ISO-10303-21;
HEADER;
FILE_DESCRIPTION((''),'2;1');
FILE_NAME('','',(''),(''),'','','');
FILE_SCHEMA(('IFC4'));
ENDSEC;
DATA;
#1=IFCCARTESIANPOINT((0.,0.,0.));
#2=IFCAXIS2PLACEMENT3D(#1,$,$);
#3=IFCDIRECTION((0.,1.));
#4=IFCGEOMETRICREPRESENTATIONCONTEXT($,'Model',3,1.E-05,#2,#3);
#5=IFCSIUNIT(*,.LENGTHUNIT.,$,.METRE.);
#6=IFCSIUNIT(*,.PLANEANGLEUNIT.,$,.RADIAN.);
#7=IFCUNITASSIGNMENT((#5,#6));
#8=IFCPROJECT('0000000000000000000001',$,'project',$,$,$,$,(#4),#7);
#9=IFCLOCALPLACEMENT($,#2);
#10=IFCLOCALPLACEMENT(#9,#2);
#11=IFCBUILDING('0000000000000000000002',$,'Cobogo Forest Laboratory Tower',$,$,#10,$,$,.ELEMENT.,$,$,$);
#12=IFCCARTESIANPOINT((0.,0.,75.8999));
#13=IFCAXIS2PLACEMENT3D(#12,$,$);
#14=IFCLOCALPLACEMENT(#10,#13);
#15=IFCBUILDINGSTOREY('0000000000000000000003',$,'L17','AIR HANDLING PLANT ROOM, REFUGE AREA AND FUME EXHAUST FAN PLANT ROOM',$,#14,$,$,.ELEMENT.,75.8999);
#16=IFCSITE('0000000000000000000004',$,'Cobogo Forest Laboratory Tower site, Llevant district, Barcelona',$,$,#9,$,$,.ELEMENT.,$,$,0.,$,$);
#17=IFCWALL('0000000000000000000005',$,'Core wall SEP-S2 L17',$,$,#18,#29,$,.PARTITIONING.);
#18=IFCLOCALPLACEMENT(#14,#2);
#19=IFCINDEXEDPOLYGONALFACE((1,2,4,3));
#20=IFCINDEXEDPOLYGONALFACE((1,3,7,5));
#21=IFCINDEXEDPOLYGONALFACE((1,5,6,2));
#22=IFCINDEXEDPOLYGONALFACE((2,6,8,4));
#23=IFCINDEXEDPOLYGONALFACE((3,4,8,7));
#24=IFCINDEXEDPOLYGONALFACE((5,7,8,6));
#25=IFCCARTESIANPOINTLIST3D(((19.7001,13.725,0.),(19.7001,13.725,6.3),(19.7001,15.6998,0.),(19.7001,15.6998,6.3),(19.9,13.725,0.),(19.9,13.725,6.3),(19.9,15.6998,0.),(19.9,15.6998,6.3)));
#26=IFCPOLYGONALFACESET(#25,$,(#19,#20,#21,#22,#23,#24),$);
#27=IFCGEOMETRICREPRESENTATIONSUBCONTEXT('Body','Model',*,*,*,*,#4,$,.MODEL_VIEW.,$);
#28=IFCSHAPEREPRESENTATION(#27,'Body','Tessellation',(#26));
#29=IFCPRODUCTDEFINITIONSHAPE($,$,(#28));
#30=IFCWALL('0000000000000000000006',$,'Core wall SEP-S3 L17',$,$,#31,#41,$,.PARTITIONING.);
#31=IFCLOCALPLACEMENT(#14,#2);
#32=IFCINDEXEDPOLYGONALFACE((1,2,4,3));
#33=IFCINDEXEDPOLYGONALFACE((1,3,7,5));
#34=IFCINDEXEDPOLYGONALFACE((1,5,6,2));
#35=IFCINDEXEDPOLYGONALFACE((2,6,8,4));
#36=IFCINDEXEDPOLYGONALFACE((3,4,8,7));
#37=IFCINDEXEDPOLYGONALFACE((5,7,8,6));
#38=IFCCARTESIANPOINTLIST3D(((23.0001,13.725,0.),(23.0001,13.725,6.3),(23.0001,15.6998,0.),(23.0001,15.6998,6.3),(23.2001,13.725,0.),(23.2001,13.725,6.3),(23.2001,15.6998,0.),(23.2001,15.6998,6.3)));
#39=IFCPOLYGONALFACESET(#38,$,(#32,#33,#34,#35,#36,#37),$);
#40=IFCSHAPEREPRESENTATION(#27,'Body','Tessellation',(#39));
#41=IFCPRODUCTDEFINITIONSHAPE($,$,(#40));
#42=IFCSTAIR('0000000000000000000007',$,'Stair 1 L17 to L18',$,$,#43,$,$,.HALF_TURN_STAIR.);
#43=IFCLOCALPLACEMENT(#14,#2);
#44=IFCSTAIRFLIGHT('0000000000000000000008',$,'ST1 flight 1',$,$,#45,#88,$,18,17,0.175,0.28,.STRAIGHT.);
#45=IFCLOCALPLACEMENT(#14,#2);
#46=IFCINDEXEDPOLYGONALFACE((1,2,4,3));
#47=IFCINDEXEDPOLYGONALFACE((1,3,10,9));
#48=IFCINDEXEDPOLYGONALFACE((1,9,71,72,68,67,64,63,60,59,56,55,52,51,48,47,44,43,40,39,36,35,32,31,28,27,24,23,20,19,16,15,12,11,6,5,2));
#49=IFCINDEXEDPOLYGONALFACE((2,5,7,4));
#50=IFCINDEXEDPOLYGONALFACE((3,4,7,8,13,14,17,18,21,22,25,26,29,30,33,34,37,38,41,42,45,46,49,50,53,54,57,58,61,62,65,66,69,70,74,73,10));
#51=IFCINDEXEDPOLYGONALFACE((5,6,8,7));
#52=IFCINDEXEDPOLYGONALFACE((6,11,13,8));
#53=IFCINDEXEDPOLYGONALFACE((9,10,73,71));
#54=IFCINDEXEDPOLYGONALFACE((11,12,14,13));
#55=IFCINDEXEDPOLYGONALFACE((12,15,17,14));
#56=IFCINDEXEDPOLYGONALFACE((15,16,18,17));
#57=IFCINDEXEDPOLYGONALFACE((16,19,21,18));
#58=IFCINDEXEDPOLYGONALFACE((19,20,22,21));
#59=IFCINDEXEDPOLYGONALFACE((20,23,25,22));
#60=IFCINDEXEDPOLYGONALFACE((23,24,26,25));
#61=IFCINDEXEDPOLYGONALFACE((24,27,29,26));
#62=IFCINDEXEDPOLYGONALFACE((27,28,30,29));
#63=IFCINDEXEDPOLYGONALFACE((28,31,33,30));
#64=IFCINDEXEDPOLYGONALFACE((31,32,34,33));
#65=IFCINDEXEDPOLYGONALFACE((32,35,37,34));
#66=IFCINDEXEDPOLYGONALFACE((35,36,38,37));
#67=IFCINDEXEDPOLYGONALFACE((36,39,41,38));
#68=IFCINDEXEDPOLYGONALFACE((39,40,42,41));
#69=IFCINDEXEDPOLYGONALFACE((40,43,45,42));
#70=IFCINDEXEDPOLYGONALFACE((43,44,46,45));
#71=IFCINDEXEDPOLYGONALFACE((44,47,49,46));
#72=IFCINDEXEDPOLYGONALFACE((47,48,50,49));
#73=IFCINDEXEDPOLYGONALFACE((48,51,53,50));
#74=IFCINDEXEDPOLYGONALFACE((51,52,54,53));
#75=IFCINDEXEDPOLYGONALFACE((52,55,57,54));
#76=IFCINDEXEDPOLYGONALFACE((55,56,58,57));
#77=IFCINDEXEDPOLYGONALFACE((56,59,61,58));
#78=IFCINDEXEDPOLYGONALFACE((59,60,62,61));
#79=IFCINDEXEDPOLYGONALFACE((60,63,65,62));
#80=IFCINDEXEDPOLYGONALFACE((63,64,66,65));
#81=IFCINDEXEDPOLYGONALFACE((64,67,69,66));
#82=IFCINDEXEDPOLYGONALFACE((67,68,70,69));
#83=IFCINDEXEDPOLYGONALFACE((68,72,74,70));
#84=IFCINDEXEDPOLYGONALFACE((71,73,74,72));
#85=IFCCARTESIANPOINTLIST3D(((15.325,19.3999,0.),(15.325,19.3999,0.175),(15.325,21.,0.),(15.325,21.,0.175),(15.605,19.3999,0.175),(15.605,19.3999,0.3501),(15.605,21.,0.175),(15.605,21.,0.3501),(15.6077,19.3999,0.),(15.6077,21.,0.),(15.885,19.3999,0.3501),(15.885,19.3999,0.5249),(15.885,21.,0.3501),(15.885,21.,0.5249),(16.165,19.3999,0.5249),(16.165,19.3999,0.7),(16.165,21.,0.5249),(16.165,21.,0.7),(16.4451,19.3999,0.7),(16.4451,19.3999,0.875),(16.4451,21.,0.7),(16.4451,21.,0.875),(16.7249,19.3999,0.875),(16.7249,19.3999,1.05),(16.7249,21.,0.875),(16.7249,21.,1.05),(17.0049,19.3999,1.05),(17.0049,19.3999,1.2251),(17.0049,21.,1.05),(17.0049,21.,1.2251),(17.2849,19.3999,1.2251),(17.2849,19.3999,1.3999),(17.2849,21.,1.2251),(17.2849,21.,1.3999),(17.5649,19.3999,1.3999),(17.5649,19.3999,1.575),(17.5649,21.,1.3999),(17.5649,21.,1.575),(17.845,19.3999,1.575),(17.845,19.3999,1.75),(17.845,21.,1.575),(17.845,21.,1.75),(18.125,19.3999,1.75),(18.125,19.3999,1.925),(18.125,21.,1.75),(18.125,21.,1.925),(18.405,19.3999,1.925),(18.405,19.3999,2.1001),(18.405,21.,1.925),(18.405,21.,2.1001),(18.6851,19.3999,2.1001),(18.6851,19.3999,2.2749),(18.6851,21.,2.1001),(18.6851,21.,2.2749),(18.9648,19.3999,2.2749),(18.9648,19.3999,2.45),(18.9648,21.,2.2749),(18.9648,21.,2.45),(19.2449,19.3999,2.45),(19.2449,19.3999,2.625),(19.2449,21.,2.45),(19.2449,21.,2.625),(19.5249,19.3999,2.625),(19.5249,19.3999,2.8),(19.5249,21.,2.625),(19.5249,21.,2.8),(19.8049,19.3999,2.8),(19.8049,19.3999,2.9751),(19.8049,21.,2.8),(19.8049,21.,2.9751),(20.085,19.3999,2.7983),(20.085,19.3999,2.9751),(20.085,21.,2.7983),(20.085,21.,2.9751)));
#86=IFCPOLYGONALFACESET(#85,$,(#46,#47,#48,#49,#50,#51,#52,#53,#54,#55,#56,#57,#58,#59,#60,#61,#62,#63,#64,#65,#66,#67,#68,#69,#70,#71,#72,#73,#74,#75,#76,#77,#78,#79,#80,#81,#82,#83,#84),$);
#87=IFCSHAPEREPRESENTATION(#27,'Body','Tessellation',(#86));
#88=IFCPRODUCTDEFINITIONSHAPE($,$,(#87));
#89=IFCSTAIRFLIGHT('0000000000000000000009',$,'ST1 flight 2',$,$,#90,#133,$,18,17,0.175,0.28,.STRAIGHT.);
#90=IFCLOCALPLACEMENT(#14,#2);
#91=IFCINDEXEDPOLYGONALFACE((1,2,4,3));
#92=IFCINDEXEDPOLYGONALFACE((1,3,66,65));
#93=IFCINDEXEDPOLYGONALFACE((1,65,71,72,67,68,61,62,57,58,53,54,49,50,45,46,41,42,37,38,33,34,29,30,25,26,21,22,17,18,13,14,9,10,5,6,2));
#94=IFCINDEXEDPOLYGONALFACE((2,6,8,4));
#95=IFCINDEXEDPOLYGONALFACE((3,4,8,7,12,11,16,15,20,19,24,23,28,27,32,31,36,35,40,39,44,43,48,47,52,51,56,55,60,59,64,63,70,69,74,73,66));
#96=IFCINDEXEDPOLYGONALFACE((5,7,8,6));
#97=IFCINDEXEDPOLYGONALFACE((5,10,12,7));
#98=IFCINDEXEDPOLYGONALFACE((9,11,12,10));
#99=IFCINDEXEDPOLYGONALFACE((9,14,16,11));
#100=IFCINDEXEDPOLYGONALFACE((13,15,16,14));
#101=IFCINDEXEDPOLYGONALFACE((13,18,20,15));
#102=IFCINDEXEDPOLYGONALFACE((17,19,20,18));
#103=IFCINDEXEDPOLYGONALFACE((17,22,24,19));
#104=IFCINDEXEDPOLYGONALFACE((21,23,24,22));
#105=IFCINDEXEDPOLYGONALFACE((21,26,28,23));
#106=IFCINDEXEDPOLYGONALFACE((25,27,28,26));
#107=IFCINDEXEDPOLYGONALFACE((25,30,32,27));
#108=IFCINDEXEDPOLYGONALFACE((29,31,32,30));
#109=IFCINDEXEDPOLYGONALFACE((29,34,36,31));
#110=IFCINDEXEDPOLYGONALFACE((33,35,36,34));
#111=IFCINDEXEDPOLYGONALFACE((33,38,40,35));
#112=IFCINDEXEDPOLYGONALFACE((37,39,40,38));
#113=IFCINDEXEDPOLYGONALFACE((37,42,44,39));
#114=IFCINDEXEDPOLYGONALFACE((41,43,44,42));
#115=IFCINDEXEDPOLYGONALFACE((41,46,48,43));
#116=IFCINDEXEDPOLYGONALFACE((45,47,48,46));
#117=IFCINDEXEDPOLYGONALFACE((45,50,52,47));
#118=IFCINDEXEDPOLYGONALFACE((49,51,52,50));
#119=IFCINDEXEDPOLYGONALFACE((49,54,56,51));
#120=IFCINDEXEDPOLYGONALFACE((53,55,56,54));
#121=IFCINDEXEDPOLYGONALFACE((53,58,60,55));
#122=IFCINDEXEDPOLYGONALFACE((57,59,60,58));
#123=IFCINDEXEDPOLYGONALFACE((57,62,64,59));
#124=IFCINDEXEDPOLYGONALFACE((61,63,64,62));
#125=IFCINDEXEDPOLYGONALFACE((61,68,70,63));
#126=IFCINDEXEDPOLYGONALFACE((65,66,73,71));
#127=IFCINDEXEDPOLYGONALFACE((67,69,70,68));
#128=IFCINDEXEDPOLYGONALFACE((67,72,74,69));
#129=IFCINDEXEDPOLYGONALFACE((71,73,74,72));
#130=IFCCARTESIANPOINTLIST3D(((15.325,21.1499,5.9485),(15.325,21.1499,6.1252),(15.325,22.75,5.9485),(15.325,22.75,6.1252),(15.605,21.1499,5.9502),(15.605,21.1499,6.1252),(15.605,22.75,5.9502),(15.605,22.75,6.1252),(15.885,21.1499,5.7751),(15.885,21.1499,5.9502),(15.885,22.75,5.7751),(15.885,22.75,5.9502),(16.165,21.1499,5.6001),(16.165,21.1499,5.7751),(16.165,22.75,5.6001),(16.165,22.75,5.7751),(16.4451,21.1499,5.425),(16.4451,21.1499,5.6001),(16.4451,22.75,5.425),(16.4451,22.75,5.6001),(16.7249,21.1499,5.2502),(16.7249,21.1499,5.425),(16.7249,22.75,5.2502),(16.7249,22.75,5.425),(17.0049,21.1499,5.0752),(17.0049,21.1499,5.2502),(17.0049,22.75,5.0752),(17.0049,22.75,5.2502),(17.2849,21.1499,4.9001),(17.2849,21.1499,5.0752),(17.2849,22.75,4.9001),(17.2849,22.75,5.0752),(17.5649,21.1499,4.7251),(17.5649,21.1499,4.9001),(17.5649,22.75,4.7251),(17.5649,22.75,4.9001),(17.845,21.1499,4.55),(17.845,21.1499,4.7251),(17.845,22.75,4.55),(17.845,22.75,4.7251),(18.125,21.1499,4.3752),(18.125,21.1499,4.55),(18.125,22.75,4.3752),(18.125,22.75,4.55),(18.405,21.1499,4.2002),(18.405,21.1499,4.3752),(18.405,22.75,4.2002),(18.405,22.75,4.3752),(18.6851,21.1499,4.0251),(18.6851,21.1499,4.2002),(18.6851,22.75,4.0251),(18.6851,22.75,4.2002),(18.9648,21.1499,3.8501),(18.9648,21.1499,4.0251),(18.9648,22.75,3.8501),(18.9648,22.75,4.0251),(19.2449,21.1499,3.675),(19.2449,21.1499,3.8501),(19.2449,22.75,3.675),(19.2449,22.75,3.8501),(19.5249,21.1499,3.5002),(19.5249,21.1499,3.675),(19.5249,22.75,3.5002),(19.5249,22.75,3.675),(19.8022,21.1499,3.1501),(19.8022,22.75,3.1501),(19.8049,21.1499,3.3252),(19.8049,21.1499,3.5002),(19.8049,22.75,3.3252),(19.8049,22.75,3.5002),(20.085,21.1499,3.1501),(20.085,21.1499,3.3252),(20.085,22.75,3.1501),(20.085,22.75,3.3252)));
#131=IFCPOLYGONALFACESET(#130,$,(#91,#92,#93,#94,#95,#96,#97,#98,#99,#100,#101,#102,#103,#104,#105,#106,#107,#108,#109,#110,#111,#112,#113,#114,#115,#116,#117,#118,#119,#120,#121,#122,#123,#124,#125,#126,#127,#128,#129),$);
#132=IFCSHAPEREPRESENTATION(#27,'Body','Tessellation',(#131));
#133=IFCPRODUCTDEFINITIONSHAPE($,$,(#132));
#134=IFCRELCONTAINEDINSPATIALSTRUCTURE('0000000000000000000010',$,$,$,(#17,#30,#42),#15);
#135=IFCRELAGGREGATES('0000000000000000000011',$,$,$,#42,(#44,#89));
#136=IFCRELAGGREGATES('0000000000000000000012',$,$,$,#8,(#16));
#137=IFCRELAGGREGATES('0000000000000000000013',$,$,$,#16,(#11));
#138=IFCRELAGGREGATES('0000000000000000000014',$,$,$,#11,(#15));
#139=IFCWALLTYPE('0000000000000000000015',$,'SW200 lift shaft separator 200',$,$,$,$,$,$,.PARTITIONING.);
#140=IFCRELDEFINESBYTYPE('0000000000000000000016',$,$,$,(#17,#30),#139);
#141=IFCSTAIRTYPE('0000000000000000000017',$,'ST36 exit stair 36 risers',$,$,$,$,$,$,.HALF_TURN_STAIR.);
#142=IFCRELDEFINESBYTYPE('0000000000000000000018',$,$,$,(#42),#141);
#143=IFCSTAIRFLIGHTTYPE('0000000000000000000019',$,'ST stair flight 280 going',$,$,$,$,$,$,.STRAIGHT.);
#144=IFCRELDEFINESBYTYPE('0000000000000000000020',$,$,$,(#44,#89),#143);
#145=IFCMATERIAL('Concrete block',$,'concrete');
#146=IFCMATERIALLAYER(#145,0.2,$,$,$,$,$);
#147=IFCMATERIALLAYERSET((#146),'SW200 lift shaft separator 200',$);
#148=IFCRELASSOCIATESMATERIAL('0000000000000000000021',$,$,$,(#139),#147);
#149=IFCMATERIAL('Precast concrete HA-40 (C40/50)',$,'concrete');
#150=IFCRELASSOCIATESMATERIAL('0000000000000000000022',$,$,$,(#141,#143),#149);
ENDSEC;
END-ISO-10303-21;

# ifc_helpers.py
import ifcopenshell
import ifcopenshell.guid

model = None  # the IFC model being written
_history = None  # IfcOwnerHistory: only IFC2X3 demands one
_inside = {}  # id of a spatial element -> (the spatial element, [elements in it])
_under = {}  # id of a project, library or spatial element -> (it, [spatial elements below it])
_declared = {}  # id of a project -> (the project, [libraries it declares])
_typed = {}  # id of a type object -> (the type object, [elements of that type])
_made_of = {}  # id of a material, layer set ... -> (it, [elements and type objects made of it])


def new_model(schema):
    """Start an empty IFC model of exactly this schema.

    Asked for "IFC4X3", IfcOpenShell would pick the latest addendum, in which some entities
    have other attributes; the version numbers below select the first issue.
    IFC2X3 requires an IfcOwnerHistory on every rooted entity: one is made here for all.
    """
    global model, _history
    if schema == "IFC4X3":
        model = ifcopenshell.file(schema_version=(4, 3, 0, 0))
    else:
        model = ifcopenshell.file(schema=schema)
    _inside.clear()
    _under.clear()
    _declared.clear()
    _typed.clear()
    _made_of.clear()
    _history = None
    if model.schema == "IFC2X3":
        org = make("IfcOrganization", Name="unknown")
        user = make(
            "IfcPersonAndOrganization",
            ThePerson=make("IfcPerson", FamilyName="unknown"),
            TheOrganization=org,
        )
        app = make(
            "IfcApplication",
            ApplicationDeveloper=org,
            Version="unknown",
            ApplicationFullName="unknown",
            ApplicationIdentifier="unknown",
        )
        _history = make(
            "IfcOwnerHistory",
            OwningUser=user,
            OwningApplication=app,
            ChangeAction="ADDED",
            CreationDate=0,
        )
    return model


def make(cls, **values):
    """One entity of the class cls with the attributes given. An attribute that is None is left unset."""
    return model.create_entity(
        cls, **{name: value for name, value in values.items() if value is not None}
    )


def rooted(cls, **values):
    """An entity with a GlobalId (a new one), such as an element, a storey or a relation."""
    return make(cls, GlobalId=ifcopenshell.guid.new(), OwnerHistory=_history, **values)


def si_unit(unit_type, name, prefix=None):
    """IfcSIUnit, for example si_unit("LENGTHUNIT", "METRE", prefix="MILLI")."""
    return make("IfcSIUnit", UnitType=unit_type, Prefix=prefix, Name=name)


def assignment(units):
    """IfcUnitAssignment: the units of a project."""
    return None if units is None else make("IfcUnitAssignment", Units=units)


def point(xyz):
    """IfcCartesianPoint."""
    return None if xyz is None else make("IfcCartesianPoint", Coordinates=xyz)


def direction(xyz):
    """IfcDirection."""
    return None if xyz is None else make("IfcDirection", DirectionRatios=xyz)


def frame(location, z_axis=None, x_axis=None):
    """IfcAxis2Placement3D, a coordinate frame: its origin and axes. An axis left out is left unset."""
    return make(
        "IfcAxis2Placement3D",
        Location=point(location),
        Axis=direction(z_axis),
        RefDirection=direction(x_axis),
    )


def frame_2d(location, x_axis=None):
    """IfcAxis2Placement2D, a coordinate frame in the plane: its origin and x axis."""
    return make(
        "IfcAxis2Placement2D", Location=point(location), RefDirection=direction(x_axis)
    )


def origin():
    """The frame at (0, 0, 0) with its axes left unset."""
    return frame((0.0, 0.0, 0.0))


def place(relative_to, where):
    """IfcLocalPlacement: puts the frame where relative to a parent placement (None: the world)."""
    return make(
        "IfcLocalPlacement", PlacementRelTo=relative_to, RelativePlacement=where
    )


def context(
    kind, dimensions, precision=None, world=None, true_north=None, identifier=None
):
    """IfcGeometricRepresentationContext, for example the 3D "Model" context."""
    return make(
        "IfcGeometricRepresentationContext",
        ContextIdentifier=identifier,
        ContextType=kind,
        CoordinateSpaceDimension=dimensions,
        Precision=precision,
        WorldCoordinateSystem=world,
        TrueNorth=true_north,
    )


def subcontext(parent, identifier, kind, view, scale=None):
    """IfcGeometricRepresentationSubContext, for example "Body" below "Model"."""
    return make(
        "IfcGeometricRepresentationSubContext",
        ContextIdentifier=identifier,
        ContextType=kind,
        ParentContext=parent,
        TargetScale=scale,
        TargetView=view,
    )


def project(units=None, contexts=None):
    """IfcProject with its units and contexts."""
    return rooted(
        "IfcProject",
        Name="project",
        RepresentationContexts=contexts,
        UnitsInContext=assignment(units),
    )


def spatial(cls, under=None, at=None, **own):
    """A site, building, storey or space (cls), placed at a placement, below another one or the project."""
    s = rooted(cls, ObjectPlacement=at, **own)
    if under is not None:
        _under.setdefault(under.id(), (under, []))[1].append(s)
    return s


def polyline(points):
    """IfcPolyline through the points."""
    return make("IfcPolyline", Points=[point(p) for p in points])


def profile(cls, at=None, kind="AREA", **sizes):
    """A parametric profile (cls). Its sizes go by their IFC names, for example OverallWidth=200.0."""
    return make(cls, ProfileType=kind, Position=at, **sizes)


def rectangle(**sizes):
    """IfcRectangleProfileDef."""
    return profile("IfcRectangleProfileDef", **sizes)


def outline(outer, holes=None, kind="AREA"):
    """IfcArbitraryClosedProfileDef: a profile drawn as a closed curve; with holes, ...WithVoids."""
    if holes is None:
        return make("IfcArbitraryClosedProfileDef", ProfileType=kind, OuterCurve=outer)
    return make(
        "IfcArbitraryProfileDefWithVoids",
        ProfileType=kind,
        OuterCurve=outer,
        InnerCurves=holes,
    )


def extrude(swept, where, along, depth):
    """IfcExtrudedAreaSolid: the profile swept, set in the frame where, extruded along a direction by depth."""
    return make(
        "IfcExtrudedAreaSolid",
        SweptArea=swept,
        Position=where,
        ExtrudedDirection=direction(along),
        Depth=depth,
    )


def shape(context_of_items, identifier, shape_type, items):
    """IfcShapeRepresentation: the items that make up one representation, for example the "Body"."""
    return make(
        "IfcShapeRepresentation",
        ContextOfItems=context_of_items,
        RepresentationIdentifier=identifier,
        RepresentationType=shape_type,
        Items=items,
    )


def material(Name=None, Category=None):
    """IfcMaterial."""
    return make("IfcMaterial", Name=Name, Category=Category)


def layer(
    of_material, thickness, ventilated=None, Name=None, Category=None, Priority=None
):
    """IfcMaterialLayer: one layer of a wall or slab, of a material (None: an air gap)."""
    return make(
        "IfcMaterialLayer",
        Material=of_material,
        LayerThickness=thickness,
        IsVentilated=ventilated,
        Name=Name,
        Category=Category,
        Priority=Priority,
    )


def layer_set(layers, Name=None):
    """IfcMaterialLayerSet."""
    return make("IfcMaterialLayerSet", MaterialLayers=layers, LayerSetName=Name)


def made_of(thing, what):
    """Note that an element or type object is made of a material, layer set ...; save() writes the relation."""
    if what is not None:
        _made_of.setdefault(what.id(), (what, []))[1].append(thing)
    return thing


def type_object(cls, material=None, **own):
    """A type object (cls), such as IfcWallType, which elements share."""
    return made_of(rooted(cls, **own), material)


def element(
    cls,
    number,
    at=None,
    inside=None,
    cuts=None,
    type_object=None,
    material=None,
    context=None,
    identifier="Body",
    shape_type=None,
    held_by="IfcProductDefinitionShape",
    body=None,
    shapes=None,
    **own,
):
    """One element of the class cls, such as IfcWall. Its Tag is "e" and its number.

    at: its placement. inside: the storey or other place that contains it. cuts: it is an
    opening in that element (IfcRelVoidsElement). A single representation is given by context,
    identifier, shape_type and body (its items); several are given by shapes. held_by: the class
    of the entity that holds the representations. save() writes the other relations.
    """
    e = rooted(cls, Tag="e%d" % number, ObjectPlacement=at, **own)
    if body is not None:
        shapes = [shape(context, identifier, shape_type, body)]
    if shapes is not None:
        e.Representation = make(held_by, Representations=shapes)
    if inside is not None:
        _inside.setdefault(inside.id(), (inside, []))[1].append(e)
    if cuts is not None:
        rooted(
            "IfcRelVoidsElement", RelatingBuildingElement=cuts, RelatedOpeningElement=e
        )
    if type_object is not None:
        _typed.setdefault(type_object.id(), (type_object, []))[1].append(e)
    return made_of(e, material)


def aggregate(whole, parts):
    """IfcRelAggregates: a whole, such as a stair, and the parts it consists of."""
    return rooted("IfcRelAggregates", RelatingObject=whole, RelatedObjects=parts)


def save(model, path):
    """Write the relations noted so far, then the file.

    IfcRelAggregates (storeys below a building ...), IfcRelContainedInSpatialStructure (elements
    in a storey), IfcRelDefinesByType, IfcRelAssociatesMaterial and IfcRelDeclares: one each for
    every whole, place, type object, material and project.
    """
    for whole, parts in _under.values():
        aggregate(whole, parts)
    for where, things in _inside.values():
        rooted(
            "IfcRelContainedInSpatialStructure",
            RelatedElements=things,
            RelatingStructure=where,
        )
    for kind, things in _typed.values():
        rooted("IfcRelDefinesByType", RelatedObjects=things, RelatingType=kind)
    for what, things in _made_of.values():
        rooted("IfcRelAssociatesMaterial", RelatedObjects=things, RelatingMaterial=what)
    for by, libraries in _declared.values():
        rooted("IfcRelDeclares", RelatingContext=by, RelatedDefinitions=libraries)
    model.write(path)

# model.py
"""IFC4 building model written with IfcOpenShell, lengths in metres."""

from ifc_helpers import new_model, si_unit, direction, frame, frame_2d, origin, place, context, subcontext, project, spatial, polyline, rectangle, outline, extrude, material, layer, layer_set, type_object, element, aggregate, save


model = new_model("IFC4")

# Units and contexts
model_context = context("Model", 3, precision=1e-05, world=origin(), true_north=direction((0.0, 1.0)))
body_context = subcontext(model_context, "Body", "Model", "MODEL_VIEW")
ifc_project = project(units=[si_unit("LENGTHUNIT", "METRE"), si_unit("PLANEANGLEUNIT", "RADIAN")], contexts=[model_context])

# Site, building, storey
site_placement = place(None, origin())
site = spatial("IfcSite", under=ifc_project, at=site_placement, Name="Cobogo Forest Laboratory Tower site, Llevant district, Barcelona", CompositionType="ELEMENT", RefElevation=0.0)
building_placement = place(site_placement, origin())
building = spatial("IfcBuilding", under=site, at=building_placement, Name="Cobogo Forest Laboratory Tower", CompositionType="ELEMENT")
storey_placement = place(building_placement, frame((0.0, 0.0, 75.8999)))
storey = spatial("IfcBuildingStorey", under=building, at=storey_placement, Name="L17", Description="AIR HANDLING PLANT ROOM, REFUGE AREA AND FUME EXHAUST FAN PLANT ROOM", CompositionType="ELEMENT", Elevation=75.8999)

# Walls
ifc_material_1 = material(Name="Concrete block", Category="concrete")
ifc_layer_1 = layer(ifc_material_1, 0.2)
ifc_layer_set_1 = layer_set([ifc_layer_1], Name="SW200 lift shaft separator 200")
wall_type_1 = type_object("IfcWallType", Name="SW200 lift shaft separator 200", PredefinedType="PARTITIONING", material=ifc_layer_set_1)
for number, where, z_axis, x_axis, name in (
    (1, (19.8, 13.7251, 0.0), (0.0, 0.0, 1.0), (0.0, 1.0, 0.0), "Core wall SEP-S2 L17"),
    (2, (23.1001, 13.7251, 0.0), (0.0, 0.0, 1.0), (0.0, 1.0, 0.0), "Core wall SEP-S3 L17"),
):
    element("IfcWall", number, at=place(storey_placement, frame(where, z_axis=z_axis, x_axis=x_axis)), inside=storey, type_object=wall_type_1, Name=name, PredefinedType="PARTITIONING", context=body_context, shape_type="SweptSolid", body=[
        extrude(rectangle(XDim=1.9749, YDim=0.2, at=frame_2d((0.9873, 0.0))), origin(), (0.0, 0.0, 1.0), 6.3),
    ])

# Stair, stair flights
ifc_material_2 = material(Name="Precast concrete HA-40 (C40/50)", Category="concrete")
stair_type = type_object("IfcStairType", Name="ST36 exit stair 36 risers", PredefinedType="HALF_TURN_STAIR", material=ifc_material_2)
stair_placement = place(storey_placement, origin())
stair = element("IfcStair", 3, at=stair_placement, inside=storey, type_object=stair_type, Name="Stair 1 L17 to L18", PredefinedType="HALF_TURN_STAIR")
stair_flight_type = type_object("IfcStairFlightType", Name="ST stair flight 280 going", PredefinedType="STRAIGHT", material=ifc_material_2)
stair_flight_1_placement = place(storey_placement, frame((15.325, 20.2, 0.0), z_axis=(0.0, 0.0, 1.0), x_axis=(1.0, 0.0, 0.0)))
stair_flight_1 = element("IfcStairFlight", 4, at=stair_flight_1_placement, type_object=stair_flight_type, Name="ST1 flight 1", NumberOfRisers=18, NumberOfTreads=17, PredefinedType="STRAIGHT", RiserHeight=0.175, TreadLength=0.28, context=body_context, shape_type="SweptSolid", body=[
    extrude(outline(polyline([(0.0, 0.0), (0.0, 0.175), (0.28, 0.175), (0.28, 0.3501), (0.5601, 0.3501), (0.5601, 0.5249), (0.8401, 0.5249), (0.8401, 0.7), (1.1201, 0.7), (1.1201, 0.875), (1.3999, 0.875), (1.3999, 1.05), (1.6799, 1.05), (1.6799, 1.2251), (1.96, 1.2251), (1.96, 1.3999), (2.24, 1.3999), (2.24, 1.575), (2.52, 1.575), (2.52, 1.75), (2.8, 1.75), (2.8, 1.925), (3.0801, 1.925), (3.0801, 2.1001), (3.3601, 2.1001), (3.3601, 2.2749), (3.6399, 2.2749), (3.6399, 2.45), (3.9199, 2.45), (3.9199, 2.625), (4.2, 2.625), (4.2, 2.8), (4.48, 2.8), (4.48, 2.9751), (4.76, 2.9751), (4.76, 3.1499), (4.76, 2.7983), (0.2827, 0.0), (0.0, 0.0)])), frame((0.0, 0.8, 0.0), z_axis=(0.0, -1.0, 0.0), x_axis=(1.0, 0.0, 0.0)), (0.0, 0.0, 1.0), 1.6001),
])
stair_flight_2_placement = place(storey_placement, frame((20.085, 21.95, 3.1501), z_axis=(0.0, 0.0, 1.0), x_axis=(-1.0, 0.0, 0.0)))
stair_flight_2 = element("IfcStairFlight", 5, at=stair_flight_2_placement, type_object=stair_flight_type, Name="ST1 flight 2", NumberOfRisers=18, NumberOfTreads=17, PredefinedType="STRAIGHT", RiserHeight=0.175, TreadLength=0.28, context=body_context, shape_type="SweptSolid", body=[
    extrude(outline(polyline([(0.0, 0.0), (0.0, 0.175), (0.28, 0.175), (0.28, 0.3501), (0.5601, 0.3501), (0.5601, 0.5249), (0.8401, 0.5249), (0.8401, 0.7), (1.1201, 0.7), (1.1201, 0.875), (1.3999, 0.875), (1.3999, 1.05), (1.6799, 1.05), (1.6799, 1.2251), (1.96, 1.2251), (1.96, 1.3999), (2.24, 1.3999), (2.24, 1.575), (2.52, 1.575), (2.52, 1.75), (2.8, 1.75), (2.8, 1.925), (3.0801, 1.925), (3.0801, 2.1001), (3.3601, 2.1001), (3.3601, 2.2749), (3.6399, 2.2749), (3.6399, 2.45), (3.9199, 2.45), (3.9199, 2.625), (4.2, 2.625), (4.2, 2.8), (4.48, 2.8), (4.48, 2.9751), (4.76, 2.9751), (4.76, 3.1499), (4.76, 2.7983), (0.2827, 0.0), (0.0, 0.0)])), frame((0.0, 0.8, 0.0), z_axis=(0.0, -1.0, 0.0), x_axis=(1.0, 0.0, 0.0)), (0.0, 0.0, 1.0), 1.6001),
])
aggregate(stair, [stair_flight_1, stair_flight_2])

save(model, "model.ifc")
